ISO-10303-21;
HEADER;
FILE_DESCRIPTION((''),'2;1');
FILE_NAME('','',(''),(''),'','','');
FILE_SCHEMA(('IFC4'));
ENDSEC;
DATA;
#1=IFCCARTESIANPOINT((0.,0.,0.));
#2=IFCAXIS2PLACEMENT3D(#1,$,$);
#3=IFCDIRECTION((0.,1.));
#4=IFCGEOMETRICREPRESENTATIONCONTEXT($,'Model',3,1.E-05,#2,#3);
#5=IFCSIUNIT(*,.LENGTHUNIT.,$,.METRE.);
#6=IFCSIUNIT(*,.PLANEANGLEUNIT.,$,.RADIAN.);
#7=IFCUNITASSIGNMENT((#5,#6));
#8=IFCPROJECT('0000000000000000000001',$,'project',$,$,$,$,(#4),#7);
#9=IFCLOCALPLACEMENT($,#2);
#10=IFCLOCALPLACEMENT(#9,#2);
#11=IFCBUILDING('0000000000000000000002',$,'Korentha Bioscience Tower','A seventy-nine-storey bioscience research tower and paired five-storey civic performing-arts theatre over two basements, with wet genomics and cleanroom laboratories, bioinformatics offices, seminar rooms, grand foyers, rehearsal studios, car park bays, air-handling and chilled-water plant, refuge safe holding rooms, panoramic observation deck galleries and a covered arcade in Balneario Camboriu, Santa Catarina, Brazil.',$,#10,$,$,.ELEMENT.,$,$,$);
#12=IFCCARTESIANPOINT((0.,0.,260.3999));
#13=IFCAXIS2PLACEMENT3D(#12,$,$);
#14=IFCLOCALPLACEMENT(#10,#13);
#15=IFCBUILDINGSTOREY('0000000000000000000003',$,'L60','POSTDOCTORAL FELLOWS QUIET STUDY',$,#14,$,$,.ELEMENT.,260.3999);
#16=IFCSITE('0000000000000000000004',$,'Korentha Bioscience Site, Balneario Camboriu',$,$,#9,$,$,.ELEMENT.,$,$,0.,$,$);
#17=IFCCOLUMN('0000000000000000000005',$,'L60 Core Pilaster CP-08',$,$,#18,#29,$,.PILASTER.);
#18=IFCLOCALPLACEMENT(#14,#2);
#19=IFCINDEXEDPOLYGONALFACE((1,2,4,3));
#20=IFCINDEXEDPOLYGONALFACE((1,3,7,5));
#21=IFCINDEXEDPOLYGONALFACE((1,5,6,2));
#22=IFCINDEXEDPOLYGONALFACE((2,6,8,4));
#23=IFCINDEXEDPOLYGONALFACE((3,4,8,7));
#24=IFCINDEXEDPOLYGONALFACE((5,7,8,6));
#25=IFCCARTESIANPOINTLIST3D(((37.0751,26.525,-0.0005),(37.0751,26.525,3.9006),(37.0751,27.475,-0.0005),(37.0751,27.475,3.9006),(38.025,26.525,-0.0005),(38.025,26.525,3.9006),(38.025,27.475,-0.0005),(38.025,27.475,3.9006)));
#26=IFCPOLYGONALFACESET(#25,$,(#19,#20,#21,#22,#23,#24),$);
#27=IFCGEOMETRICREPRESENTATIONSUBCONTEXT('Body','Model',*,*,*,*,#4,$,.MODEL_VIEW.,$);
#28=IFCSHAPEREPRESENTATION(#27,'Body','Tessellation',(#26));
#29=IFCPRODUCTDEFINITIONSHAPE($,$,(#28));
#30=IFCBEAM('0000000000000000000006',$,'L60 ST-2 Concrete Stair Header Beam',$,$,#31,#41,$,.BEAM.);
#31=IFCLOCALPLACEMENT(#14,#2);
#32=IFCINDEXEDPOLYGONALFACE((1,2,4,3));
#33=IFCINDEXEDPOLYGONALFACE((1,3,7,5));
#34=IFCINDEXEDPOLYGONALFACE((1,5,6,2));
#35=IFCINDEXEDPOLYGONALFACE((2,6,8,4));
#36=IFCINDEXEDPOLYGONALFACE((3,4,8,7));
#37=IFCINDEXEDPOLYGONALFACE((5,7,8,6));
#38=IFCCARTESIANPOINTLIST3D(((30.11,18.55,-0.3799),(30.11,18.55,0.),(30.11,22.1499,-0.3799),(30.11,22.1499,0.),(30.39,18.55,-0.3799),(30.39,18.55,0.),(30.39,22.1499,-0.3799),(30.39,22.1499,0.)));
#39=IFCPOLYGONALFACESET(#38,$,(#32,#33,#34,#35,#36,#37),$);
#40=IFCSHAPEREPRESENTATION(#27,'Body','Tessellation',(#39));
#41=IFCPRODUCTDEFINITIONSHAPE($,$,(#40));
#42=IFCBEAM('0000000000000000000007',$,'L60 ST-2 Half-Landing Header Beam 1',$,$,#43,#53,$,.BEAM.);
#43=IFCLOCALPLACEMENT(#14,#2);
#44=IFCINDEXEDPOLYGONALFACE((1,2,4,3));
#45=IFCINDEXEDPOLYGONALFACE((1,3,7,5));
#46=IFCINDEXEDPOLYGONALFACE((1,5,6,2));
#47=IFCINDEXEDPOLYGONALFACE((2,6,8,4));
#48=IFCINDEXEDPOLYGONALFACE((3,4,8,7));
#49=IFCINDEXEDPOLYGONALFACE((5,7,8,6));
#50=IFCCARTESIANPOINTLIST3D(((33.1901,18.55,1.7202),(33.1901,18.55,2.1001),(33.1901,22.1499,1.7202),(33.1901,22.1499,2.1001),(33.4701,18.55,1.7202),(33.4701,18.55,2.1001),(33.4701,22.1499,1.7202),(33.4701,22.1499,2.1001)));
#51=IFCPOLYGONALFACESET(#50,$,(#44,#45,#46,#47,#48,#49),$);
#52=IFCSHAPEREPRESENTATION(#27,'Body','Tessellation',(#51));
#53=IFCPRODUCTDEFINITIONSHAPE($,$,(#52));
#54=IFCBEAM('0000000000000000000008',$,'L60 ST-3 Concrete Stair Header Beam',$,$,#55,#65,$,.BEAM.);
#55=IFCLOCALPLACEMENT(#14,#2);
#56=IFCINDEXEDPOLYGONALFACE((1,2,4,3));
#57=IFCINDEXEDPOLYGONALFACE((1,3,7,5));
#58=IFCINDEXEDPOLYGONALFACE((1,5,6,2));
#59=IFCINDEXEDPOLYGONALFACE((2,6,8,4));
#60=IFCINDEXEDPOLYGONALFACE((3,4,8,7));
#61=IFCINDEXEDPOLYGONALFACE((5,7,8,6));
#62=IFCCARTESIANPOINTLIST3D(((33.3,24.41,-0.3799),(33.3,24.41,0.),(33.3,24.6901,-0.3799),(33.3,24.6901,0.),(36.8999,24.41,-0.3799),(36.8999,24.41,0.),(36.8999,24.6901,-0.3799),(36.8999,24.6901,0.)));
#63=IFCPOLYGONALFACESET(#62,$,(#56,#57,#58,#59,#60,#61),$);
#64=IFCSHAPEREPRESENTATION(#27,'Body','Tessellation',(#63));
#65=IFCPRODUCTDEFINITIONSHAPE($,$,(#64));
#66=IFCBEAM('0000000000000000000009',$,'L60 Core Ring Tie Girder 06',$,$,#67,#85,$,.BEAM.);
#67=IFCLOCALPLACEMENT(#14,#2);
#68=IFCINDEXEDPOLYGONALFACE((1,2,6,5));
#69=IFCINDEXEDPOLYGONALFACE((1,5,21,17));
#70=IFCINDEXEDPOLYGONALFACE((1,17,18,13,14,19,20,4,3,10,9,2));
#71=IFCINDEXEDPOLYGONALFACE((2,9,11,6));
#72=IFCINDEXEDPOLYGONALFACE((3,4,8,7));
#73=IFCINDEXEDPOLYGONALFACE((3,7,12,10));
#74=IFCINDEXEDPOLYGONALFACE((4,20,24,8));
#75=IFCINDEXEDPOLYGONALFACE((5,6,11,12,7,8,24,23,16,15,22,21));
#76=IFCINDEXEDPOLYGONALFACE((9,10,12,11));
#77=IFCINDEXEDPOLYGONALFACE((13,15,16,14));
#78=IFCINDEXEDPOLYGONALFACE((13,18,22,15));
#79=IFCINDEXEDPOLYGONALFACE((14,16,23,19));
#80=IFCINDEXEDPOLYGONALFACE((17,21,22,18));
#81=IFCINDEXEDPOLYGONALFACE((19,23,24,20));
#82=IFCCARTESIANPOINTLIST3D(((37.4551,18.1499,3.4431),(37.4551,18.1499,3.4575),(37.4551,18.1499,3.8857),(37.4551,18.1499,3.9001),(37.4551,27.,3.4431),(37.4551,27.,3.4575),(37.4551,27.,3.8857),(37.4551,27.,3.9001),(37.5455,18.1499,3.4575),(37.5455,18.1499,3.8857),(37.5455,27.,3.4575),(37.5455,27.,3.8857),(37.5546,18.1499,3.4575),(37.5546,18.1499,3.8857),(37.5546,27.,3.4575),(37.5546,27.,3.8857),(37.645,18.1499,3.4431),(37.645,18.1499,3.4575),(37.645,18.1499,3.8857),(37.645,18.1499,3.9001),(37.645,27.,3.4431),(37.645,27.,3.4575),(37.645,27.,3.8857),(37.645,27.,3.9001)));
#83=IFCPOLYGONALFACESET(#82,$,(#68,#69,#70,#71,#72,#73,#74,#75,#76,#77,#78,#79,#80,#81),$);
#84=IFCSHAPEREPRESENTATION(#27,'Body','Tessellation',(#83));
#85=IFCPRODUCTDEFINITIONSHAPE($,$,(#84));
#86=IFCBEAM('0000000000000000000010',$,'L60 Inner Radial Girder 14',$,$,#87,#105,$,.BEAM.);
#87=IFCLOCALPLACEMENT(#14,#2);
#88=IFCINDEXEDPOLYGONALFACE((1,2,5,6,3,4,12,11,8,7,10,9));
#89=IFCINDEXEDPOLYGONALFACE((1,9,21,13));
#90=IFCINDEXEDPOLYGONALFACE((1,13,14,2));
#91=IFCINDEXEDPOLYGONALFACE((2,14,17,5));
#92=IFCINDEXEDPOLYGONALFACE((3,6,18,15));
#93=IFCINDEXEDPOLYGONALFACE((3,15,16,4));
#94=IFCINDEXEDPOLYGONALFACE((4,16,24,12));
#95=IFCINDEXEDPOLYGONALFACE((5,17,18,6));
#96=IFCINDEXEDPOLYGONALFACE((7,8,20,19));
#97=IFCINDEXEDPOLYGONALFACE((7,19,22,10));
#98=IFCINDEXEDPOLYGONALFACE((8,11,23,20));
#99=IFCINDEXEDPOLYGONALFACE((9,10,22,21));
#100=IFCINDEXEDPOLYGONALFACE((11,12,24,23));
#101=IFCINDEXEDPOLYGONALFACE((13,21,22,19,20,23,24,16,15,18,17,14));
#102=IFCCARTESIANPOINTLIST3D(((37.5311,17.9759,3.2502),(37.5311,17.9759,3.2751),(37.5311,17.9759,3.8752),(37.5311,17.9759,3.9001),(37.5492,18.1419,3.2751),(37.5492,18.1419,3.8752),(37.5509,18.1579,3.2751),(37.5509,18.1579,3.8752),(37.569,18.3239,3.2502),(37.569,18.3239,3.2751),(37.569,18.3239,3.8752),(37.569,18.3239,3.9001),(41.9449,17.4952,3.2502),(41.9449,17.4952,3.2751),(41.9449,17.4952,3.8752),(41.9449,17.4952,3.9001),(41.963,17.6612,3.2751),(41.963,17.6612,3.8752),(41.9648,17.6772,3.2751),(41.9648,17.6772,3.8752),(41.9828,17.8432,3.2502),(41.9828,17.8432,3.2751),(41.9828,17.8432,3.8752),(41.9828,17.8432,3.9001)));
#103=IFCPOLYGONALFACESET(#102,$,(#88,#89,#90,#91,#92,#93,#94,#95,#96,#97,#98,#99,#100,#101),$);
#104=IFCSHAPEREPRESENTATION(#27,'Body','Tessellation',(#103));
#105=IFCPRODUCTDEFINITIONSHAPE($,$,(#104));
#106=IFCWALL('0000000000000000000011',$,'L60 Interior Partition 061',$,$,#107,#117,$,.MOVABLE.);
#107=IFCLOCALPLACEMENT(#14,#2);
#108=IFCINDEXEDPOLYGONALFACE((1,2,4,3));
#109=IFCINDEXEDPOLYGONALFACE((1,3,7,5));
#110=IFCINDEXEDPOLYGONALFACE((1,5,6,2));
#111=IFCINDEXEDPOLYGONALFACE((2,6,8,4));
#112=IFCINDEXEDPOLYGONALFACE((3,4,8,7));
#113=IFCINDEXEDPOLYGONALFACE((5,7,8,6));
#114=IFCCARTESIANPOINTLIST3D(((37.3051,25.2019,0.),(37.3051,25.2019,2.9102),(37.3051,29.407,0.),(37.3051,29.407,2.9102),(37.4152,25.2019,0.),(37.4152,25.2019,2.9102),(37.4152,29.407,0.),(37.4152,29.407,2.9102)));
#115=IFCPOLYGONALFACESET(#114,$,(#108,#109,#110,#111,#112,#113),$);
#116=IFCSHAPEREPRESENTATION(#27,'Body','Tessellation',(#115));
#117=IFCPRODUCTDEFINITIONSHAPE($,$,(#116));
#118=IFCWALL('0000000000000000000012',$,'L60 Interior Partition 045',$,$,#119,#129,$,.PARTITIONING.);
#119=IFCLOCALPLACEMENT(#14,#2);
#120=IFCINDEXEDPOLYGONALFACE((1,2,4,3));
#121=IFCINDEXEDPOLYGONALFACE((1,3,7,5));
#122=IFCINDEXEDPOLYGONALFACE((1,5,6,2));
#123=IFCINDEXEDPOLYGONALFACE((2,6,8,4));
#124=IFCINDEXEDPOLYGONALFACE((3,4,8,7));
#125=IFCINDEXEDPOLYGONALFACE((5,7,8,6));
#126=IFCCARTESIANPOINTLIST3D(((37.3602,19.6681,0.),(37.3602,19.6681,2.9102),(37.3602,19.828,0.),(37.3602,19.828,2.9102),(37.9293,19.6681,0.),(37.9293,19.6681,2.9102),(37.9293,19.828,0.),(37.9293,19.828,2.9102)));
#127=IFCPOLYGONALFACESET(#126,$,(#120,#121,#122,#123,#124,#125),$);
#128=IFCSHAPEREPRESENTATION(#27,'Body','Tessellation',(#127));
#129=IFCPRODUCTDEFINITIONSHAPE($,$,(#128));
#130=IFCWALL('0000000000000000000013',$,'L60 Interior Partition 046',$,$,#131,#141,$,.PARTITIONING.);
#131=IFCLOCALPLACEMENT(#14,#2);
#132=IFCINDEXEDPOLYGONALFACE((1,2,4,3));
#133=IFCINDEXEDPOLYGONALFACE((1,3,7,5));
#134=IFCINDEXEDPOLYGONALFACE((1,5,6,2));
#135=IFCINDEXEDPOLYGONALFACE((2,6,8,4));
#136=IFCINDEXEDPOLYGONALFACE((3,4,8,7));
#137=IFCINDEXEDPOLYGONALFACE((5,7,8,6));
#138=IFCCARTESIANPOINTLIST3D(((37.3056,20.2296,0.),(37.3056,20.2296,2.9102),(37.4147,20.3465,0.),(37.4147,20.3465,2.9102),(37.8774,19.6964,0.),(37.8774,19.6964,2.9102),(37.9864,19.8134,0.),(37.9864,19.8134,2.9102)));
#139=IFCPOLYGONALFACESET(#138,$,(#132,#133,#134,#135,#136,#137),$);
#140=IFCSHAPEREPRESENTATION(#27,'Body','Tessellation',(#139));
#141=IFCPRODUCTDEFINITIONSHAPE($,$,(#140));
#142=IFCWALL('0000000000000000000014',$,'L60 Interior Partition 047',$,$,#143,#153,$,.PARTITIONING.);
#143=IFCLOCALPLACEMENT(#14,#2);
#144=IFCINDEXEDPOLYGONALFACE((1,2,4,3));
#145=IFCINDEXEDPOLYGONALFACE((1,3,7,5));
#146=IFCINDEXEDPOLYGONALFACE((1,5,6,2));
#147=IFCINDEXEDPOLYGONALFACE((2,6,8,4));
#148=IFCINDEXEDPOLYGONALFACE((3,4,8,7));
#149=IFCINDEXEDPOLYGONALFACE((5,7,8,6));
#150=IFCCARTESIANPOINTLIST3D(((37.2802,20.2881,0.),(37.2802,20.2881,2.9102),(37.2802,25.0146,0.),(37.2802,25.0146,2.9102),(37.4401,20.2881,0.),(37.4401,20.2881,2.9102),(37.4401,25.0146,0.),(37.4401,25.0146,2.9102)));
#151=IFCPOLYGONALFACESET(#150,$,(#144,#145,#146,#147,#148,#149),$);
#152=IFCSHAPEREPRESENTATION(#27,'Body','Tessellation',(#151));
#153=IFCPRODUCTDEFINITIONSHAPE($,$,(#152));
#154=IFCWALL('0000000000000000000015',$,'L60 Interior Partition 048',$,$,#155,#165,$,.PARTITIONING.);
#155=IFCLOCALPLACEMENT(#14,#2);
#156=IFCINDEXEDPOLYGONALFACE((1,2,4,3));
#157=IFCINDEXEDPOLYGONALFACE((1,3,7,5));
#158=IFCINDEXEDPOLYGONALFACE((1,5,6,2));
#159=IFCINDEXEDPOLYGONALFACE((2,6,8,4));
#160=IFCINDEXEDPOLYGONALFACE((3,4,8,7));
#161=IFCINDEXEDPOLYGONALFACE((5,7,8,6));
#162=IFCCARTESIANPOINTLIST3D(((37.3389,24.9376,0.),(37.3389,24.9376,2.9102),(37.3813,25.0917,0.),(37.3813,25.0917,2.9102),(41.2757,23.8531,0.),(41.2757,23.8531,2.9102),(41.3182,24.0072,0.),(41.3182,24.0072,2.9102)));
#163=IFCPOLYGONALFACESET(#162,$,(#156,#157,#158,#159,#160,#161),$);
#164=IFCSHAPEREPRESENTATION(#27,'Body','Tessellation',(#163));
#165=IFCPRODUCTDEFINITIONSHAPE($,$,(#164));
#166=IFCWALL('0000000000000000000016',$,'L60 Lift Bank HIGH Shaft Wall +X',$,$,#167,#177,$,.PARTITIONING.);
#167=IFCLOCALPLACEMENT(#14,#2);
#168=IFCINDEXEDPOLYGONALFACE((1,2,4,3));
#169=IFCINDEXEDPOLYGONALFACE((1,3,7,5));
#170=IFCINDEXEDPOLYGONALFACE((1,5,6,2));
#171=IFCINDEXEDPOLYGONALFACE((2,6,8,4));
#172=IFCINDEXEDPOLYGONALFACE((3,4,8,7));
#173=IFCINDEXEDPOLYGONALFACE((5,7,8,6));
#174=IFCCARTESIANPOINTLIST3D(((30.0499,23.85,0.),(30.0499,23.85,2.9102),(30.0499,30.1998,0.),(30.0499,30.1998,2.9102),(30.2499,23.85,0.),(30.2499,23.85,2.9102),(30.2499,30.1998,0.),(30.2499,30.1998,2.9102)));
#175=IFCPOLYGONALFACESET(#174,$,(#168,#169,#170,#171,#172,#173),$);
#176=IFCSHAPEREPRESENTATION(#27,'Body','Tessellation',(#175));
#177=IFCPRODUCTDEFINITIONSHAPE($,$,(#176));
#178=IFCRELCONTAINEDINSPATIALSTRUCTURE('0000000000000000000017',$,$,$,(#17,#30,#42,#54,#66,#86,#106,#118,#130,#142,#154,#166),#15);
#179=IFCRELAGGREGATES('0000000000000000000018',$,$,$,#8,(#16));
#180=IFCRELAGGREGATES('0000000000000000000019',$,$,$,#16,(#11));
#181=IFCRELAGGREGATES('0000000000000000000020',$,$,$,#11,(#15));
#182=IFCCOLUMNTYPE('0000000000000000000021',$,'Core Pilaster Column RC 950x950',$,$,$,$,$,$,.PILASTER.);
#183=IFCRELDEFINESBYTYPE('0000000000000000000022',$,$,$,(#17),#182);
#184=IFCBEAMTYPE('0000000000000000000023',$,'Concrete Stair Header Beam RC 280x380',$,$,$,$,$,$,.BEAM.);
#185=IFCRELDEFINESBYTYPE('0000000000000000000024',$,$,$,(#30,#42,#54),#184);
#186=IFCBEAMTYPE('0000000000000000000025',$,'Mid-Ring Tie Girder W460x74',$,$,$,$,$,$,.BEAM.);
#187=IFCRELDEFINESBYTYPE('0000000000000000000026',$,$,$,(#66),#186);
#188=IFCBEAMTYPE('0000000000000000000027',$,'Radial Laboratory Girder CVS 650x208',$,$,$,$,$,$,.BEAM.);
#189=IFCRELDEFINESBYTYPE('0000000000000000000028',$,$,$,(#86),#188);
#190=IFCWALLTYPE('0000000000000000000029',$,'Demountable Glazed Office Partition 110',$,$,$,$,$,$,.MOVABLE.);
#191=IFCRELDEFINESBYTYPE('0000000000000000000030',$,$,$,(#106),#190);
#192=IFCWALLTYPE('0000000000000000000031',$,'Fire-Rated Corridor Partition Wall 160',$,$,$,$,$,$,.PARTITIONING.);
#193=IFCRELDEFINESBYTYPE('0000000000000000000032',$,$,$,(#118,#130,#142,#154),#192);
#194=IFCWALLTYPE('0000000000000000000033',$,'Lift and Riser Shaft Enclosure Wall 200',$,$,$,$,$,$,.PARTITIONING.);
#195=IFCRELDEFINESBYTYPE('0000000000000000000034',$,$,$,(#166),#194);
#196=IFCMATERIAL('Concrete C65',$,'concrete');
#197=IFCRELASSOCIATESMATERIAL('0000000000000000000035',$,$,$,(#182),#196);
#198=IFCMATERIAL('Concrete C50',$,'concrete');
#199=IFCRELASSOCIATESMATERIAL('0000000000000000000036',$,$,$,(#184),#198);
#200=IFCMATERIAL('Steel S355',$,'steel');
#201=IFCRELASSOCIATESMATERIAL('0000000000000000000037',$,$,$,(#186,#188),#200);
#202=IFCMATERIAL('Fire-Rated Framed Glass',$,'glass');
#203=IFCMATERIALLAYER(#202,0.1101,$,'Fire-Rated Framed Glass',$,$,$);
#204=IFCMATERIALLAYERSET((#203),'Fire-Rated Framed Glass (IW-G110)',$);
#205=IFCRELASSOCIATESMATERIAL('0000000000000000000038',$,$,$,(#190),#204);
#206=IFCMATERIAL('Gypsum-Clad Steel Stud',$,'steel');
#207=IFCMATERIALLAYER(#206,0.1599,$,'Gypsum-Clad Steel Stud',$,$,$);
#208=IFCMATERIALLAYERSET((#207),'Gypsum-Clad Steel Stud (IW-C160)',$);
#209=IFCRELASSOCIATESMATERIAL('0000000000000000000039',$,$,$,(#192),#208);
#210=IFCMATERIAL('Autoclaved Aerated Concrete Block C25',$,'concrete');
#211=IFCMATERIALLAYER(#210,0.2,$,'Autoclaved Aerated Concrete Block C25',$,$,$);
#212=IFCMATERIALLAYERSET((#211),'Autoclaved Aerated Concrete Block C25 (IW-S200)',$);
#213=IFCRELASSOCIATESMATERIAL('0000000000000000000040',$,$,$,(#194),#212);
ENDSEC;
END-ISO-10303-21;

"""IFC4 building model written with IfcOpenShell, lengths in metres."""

from ifc_helpers import new_model, si_unit, direction, frame, frame_2d, origin, origin_2d, place, context, subcontext, project, spatial, rectangle, i_section, extrude, material, layer, layer_set, material_profile, profile_set, type_object, element, save


model = new_model("IFC4")

# Units and contexts
model_context = context("Model", 3, precision=1e-05, world=origin(), true_north=direction((0.0, 1.0)))
body_context = subcontext(model_context, "Body", "Model", "MODEL_VIEW")
ifc_project = project(units=[si_unit("LENGTHUNIT", "METRE"), si_unit("PLANEANGLEUNIT", "RADIAN")], contexts=[model_context])

# Site, building, storey
site_placement = place(None, origin())
site = spatial("IfcSite", under=ifc_project, at=site_placement, Name="Korentha Bioscience Site, Balneario Camboriu", CompositionType="ELEMENT", RefElevation=0.0)
building_placement = place(site_placement, origin())
building = spatial("IfcBuilding", under=site, at=building_placement, Name="Korentha Bioscience Tower", Description="A seventy-nine-storey bioscience research tower and paired five-storey civic performing-arts theatre over two basements, with wet genomics and cleanroom laboratories, bioinformatics offices, seminar rooms, grand foyers, rehearsal studios, car park bays, air-handling and chilled-water plant, refuge safe holding rooms, panoramic observation deck galleries and a covered arcade in Balneario Camboriu, Santa Catarina, Brazil.", CompositionType="ELEMENT")
storey_placement = place(building_placement, frame((0.0, 0.0, 260.3999)))
storey = spatial("IfcBuildingStorey", under=building, at=storey_placement, Name="L60", Description="POSTDOCTORAL FELLOWS QUIET STUDY", CompositionType="ELEMENT", Elevation=260.3999)

# Column
ifc_material_1 = material(Name="Concrete C65", Category="concrete")
ifc_material_profile_1 = material_profile(ifc_material_1, rectangle(XDim=0.95, YDim=0.95, at=origin_2d()), Name="Concrete C65")
ifc_profile_set_1 = profile_set([ifc_material_profile_1], Name="Concrete C65 (COL-CP09)")
column_type = type_object("IfcColumnType", Name="Core Pilaster Column RC 950x950", PredefinedType="PILASTER", material=ifc_profile_set_1)
column_placement = place(storey_placement, frame((37.55, 27.0, -0.0005), z_axis=(0.0, 0.0, 1.0), x_axis=(1.0, 0.0, 0.0)))
element("IfcColumn", 1, at=column_placement, inside=storey, type_object=column_type, Name="L60 Core Pilaster CP-08", PredefinedType="PILASTER", context=body_context, shape_type="SweptSolid", body=[
    extrude(rectangle(XDim=0.95, YDim=0.95, at=origin_2d()), origin(), (0.0, 0.0, 1.0), 3.9011),
])

# Beams
ifc_material_2 = material(Name="Concrete C50", Category="concrete")
ifc_material_profile_2 = material_profile(ifc_material_2, rectangle(XDim=0.28, YDim=0.3799, at=origin_2d()), Name="Concrete C50")
ifc_profile_set_2 = profile_set([ifc_material_profile_2], Name="Concrete C50 (ST-HB380)")
beam_type_1 = type_object("IfcBeamType", Name="Concrete Stair Header Beam RC 280x380", PredefinedType="BEAM", material=ifc_profile_set_2)
for number, where, z_axis, x_axis, name in (
    (2, (30.25, 18.55, -0.1899), (0.0, 1.0, 0.0), (-1.0, 0.0, 0.0), "L60 ST-2 Concrete Stair Header Beam"),
    (3, (33.3301, 18.55, 1.9102), (0.0, 1.0, 0.0), (-1.0, 0.0, 0.0), "L60 ST-2 Half-Landing Header Beam 1"),
    (4, (36.8999, 24.55, -0.1899), (-1.0, 0.0, 0.0), (0.0, -1.0, 0.0), "L60 ST-3 Concrete Stair Header Beam"),
):
    element("IfcBeam", number, at=place(storey_placement, frame(where, z_axis=z_axis, x_axis=x_axis)), inside=storey, type_object=beam_type_1, Name=name, PredefinedType="BEAM", context=body_context, shape_type="SweptSolid", body=[
        extrude(rectangle(XDim=0.28, YDim=0.3799, at=origin_2d()), origin(), (0.0, 0.0, 1.0), 3.5999),
    ])
ifc_material_3 = material(Name="Steel S355", Category="steel")
ifc_material_profile_3 = material_profile(ifc_material_3, i_section(OverallWidth=0.1899, OverallDepth=0.457, WebThickness=0.009, FlangeThickness=0.0144, at=origin_2d()), Name="Steel S355")
ifc_profile_set_3 = profile_set([ifc_material_profile_3], Name="Steel S355 (MB-460)")
beam_type_2 = type_object("IfcBeamType", Name="Mid-Ring Tie Girder W460x74", PredefinedType="BEAM", material=ifc_profile_set_3)
beam_1_placement = place(storey_placement, frame((37.55, 18.1499, 3.6716), z_axis=(0.0, 1.0, 0.0), x_axis=(-1.0, 0.0, 0.0)))
element("IfcBeam", 5, at=beam_1_placement, inside=storey, type_object=beam_type_2, Name="L60 Core Ring Tie Girder 06", PredefinedType="BEAM", context=body_context, shape_type="SweptSolid", body=[
    extrude(i_section(OverallWidth=0.1899, OverallDepth=0.457, WebThickness=0.009, FlangeThickness=0.0144, at=origin_2d()), origin(), (0.0, 0.0, 1.0), 8.8501),
])
ifc_material_profile_4 = material_profile(ifc_material_3, i_section(OverallWidth=0.3501, OverallDepth=0.6499, WebThickness=0.0161, FlangeThickness=0.0249, at=origin_2d()), Name="Steel S355")
ifc_profile_set_4 = profile_set([ifc_material_profile_4], Name="Steel S355 (RB-650)")
beam_type_3 = type_object("IfcBeamType", Name="Radial Laboratory Girder CVS 650x208", PredefinedType="BEAM", material=ifc_profile_set_4)
beam_2_placement = place(storey_placement, frame((37.55, 18.1499, 3.5752), z_axis=(0.994121, -0.108271, 0.0), x_axis=(0.108271, 0.994121, 0.0)))
element("IfcBeam", 6, at=beam_2_placement, inside=storey, type_object=beam_type_3, Name="L60 Inner Radial Girder 14", PredefinedType="BEAM", context=body_context, shape_type="SweptSolid", body=[
    extrude(i_section(OverallWidth=0.3501, OverallDepth=0.6499, WebThickness=0.0161, FlangeThickness=0.0249, at=origin_2d()), origin(), (0.0, 0.0, 1.0), 4.4399),
])

# Walls
ifc_material_4 = material(Name="Fire-Rated Framed Glass", Category="glass")
ifc_layer_1 = layer(ifc_material_4, 0.1101, Name="Fire-Rated Framed Glass")
ifc_layer_set_1 = layer_set([ifc_layer_1], Name="Fire-Rated Framed Glass (IW-G110)")
wall_type_1 = type_object("IfcWallType", Name="Demountable Glazed Office Partition 110", PredefinedType="MOVABLE", material=ifc_layer_set_1)
wall_1_placement = place(storey_placement, frame((37.3601, 25.2019, 0.0), z_axis=(0.0, 0.0, 1.0), x_axis=(0.0, 1.0, 0.0)))
element("IfcWall", 7, at=wall_1_placement, inside=storey, type_object=wall_type_1, Name="L60 Interior Partition 061", PredefinedType="MOVABLE", context=body_context, shape_type="SweptSolid", body=[
    extrude(rectangle(XDim=4.2051, YDim=0.1101, at=frame_2d((2.1025, 0.0))), origin(), (0.0, 0.0, 1.0), 2.9102),
])
ifc_material_5 = material(Name="Gypsum-Clad Steel Stud", Category="steel")
ifc_layer_2 = layer(ifc_material_5, 0.1599, Name="Gypsum-Clad Steel Stud")
ifc_layer_set_2 = layer_set([ifc_layer_2], Name="Gypsum-Clad Steel Stud (IW-C160)")
wall_type_2 = type_object("IfcWallType", Name="Fire-Rated Corridor Partition Wall 160", PredefinedType="PARTITIONING", material=ifc_layer_set_2)
wall_2_placement = place(storey_placement, frame((37.3601, 19.748, 0.0), z_axis=(0.0, 0.0, 1.0), x_axis=(1.0, 0.0, 0.0)))
element("IfcWall", 8, at=wall_2_placement, inside=storey, type_object=wall_type_2, Name="L60 Interior Partition 045", PredefinedType="PARTITIONING", context=body_context, shape_type="SweptSolid", body=[
    extrude(rectangle(XDim=0.5691, YDim=0.1599, at=frame_2d((0.2847, 0.0))), origin(), (0.0, 0.0, 1.0), 2.9102),
])
wall_3_placement = place(storey_placement, frame((37.9319, 19.7549, 0.0), z_axis=(0.0, 0.0, 1.0), x_axis=(-0.731346, 0.682007, 0.0)))
element("IfcWall", 9, at=wall_3_placement, inside=storey, type_object=wall_type_2, Name="L60 Interior Partition 046", PredefinedType="PARTITIONING", context=body_context, shape_type="SweptSolid", body=[
    extrude(rectangle(XDim=0.7817, YDim=0.1599, at=frame_2d((0.3909, 0.0))), origin(), (0.0, 0.0, 1.0), 2.9102),
])
wall_4_placement = place(storey_placement, frame((37.3601, 20.2881, 0.0), z_axis=(0.0, 0.0, 1.0), x_axis=(0.0, 1.0, 0.0)))
element("IfcWall", 10, at=wall_4_placement, inside=storey, type_object=wall_type_2, Name="L60 Interior Partition 047", PredefinedType="PARTITIONING", context=body_context, shape_type="SweptSolid", body=[
    extrude(rectangle(XDim=4.7266, YDim=0.1599, at=frame_2d((2.3633, 0.0))), origin(), (0.0, 0.0, 1.0), 2.9102),
])
wall_5_placement = place(storey_placement, frame((37.3601, 25.0146, 0.0), z_axis=(0.0, 0.0, 1.0), x_axis=(0.964089, -0.26558, 0.0)))
element("IfcWall", 11, at=wall_5_placement, inside=storey, type_object=wall_type_2, Name="L60 Interior Partition 048", PredefinedType="PARTITIONING", context=body_context, shape_type="SweptSolid", body=[
    extrude(rectangle(XDim=4.0835, YDim=0.1599, at=frame_2d((2.0417, 0.0))), origin(), (0.0, 0.0, 1.0), 2.9102),
])
ifc_material_6 = material(Name="Autoclaved Aerated Concrete Block C25", Category="concrete")
ifc_layer_3 = layer(ifc_material_6, 0.2, Name="Autoclaved Aerated Concrete Block C25")
ifc_layer_set_3 = layer_set([ifc_layer_3], Name="Autoclaved Aerated Concrete Block C25 (IW-S200)")
wall_type_3 = type_object("IfcWallType", Name="Lift and Riser Shaft Enclosure Wall 200", PredefinedType="PARTITIONING", material=ifc_layer_set_3)
wall_6_placement = place(storey_placement, frame((30.1499, 23.8501, 0.0), z_axis=(0.0, 0.0, 1.0), x_axis=(0.0, 1.0, 0.0)))
element("IfcWall", 12, at=wall_6_placement, inside=storey, type_object=wall_type_3, Name="L60 Lift Bank HIGH Shaft Wall +X", PredefinedType="PARTITIONING", context=body_context, shape_type="SweptSolid", body=[
    extrude(rectangle(XDim=6.3499, YDim=0.2, at=frame_2d((3.1748, 0.0))), origin(), (0.0, 0.0, 1.0), 2.9102),
])

save(model, "model.ifc")
